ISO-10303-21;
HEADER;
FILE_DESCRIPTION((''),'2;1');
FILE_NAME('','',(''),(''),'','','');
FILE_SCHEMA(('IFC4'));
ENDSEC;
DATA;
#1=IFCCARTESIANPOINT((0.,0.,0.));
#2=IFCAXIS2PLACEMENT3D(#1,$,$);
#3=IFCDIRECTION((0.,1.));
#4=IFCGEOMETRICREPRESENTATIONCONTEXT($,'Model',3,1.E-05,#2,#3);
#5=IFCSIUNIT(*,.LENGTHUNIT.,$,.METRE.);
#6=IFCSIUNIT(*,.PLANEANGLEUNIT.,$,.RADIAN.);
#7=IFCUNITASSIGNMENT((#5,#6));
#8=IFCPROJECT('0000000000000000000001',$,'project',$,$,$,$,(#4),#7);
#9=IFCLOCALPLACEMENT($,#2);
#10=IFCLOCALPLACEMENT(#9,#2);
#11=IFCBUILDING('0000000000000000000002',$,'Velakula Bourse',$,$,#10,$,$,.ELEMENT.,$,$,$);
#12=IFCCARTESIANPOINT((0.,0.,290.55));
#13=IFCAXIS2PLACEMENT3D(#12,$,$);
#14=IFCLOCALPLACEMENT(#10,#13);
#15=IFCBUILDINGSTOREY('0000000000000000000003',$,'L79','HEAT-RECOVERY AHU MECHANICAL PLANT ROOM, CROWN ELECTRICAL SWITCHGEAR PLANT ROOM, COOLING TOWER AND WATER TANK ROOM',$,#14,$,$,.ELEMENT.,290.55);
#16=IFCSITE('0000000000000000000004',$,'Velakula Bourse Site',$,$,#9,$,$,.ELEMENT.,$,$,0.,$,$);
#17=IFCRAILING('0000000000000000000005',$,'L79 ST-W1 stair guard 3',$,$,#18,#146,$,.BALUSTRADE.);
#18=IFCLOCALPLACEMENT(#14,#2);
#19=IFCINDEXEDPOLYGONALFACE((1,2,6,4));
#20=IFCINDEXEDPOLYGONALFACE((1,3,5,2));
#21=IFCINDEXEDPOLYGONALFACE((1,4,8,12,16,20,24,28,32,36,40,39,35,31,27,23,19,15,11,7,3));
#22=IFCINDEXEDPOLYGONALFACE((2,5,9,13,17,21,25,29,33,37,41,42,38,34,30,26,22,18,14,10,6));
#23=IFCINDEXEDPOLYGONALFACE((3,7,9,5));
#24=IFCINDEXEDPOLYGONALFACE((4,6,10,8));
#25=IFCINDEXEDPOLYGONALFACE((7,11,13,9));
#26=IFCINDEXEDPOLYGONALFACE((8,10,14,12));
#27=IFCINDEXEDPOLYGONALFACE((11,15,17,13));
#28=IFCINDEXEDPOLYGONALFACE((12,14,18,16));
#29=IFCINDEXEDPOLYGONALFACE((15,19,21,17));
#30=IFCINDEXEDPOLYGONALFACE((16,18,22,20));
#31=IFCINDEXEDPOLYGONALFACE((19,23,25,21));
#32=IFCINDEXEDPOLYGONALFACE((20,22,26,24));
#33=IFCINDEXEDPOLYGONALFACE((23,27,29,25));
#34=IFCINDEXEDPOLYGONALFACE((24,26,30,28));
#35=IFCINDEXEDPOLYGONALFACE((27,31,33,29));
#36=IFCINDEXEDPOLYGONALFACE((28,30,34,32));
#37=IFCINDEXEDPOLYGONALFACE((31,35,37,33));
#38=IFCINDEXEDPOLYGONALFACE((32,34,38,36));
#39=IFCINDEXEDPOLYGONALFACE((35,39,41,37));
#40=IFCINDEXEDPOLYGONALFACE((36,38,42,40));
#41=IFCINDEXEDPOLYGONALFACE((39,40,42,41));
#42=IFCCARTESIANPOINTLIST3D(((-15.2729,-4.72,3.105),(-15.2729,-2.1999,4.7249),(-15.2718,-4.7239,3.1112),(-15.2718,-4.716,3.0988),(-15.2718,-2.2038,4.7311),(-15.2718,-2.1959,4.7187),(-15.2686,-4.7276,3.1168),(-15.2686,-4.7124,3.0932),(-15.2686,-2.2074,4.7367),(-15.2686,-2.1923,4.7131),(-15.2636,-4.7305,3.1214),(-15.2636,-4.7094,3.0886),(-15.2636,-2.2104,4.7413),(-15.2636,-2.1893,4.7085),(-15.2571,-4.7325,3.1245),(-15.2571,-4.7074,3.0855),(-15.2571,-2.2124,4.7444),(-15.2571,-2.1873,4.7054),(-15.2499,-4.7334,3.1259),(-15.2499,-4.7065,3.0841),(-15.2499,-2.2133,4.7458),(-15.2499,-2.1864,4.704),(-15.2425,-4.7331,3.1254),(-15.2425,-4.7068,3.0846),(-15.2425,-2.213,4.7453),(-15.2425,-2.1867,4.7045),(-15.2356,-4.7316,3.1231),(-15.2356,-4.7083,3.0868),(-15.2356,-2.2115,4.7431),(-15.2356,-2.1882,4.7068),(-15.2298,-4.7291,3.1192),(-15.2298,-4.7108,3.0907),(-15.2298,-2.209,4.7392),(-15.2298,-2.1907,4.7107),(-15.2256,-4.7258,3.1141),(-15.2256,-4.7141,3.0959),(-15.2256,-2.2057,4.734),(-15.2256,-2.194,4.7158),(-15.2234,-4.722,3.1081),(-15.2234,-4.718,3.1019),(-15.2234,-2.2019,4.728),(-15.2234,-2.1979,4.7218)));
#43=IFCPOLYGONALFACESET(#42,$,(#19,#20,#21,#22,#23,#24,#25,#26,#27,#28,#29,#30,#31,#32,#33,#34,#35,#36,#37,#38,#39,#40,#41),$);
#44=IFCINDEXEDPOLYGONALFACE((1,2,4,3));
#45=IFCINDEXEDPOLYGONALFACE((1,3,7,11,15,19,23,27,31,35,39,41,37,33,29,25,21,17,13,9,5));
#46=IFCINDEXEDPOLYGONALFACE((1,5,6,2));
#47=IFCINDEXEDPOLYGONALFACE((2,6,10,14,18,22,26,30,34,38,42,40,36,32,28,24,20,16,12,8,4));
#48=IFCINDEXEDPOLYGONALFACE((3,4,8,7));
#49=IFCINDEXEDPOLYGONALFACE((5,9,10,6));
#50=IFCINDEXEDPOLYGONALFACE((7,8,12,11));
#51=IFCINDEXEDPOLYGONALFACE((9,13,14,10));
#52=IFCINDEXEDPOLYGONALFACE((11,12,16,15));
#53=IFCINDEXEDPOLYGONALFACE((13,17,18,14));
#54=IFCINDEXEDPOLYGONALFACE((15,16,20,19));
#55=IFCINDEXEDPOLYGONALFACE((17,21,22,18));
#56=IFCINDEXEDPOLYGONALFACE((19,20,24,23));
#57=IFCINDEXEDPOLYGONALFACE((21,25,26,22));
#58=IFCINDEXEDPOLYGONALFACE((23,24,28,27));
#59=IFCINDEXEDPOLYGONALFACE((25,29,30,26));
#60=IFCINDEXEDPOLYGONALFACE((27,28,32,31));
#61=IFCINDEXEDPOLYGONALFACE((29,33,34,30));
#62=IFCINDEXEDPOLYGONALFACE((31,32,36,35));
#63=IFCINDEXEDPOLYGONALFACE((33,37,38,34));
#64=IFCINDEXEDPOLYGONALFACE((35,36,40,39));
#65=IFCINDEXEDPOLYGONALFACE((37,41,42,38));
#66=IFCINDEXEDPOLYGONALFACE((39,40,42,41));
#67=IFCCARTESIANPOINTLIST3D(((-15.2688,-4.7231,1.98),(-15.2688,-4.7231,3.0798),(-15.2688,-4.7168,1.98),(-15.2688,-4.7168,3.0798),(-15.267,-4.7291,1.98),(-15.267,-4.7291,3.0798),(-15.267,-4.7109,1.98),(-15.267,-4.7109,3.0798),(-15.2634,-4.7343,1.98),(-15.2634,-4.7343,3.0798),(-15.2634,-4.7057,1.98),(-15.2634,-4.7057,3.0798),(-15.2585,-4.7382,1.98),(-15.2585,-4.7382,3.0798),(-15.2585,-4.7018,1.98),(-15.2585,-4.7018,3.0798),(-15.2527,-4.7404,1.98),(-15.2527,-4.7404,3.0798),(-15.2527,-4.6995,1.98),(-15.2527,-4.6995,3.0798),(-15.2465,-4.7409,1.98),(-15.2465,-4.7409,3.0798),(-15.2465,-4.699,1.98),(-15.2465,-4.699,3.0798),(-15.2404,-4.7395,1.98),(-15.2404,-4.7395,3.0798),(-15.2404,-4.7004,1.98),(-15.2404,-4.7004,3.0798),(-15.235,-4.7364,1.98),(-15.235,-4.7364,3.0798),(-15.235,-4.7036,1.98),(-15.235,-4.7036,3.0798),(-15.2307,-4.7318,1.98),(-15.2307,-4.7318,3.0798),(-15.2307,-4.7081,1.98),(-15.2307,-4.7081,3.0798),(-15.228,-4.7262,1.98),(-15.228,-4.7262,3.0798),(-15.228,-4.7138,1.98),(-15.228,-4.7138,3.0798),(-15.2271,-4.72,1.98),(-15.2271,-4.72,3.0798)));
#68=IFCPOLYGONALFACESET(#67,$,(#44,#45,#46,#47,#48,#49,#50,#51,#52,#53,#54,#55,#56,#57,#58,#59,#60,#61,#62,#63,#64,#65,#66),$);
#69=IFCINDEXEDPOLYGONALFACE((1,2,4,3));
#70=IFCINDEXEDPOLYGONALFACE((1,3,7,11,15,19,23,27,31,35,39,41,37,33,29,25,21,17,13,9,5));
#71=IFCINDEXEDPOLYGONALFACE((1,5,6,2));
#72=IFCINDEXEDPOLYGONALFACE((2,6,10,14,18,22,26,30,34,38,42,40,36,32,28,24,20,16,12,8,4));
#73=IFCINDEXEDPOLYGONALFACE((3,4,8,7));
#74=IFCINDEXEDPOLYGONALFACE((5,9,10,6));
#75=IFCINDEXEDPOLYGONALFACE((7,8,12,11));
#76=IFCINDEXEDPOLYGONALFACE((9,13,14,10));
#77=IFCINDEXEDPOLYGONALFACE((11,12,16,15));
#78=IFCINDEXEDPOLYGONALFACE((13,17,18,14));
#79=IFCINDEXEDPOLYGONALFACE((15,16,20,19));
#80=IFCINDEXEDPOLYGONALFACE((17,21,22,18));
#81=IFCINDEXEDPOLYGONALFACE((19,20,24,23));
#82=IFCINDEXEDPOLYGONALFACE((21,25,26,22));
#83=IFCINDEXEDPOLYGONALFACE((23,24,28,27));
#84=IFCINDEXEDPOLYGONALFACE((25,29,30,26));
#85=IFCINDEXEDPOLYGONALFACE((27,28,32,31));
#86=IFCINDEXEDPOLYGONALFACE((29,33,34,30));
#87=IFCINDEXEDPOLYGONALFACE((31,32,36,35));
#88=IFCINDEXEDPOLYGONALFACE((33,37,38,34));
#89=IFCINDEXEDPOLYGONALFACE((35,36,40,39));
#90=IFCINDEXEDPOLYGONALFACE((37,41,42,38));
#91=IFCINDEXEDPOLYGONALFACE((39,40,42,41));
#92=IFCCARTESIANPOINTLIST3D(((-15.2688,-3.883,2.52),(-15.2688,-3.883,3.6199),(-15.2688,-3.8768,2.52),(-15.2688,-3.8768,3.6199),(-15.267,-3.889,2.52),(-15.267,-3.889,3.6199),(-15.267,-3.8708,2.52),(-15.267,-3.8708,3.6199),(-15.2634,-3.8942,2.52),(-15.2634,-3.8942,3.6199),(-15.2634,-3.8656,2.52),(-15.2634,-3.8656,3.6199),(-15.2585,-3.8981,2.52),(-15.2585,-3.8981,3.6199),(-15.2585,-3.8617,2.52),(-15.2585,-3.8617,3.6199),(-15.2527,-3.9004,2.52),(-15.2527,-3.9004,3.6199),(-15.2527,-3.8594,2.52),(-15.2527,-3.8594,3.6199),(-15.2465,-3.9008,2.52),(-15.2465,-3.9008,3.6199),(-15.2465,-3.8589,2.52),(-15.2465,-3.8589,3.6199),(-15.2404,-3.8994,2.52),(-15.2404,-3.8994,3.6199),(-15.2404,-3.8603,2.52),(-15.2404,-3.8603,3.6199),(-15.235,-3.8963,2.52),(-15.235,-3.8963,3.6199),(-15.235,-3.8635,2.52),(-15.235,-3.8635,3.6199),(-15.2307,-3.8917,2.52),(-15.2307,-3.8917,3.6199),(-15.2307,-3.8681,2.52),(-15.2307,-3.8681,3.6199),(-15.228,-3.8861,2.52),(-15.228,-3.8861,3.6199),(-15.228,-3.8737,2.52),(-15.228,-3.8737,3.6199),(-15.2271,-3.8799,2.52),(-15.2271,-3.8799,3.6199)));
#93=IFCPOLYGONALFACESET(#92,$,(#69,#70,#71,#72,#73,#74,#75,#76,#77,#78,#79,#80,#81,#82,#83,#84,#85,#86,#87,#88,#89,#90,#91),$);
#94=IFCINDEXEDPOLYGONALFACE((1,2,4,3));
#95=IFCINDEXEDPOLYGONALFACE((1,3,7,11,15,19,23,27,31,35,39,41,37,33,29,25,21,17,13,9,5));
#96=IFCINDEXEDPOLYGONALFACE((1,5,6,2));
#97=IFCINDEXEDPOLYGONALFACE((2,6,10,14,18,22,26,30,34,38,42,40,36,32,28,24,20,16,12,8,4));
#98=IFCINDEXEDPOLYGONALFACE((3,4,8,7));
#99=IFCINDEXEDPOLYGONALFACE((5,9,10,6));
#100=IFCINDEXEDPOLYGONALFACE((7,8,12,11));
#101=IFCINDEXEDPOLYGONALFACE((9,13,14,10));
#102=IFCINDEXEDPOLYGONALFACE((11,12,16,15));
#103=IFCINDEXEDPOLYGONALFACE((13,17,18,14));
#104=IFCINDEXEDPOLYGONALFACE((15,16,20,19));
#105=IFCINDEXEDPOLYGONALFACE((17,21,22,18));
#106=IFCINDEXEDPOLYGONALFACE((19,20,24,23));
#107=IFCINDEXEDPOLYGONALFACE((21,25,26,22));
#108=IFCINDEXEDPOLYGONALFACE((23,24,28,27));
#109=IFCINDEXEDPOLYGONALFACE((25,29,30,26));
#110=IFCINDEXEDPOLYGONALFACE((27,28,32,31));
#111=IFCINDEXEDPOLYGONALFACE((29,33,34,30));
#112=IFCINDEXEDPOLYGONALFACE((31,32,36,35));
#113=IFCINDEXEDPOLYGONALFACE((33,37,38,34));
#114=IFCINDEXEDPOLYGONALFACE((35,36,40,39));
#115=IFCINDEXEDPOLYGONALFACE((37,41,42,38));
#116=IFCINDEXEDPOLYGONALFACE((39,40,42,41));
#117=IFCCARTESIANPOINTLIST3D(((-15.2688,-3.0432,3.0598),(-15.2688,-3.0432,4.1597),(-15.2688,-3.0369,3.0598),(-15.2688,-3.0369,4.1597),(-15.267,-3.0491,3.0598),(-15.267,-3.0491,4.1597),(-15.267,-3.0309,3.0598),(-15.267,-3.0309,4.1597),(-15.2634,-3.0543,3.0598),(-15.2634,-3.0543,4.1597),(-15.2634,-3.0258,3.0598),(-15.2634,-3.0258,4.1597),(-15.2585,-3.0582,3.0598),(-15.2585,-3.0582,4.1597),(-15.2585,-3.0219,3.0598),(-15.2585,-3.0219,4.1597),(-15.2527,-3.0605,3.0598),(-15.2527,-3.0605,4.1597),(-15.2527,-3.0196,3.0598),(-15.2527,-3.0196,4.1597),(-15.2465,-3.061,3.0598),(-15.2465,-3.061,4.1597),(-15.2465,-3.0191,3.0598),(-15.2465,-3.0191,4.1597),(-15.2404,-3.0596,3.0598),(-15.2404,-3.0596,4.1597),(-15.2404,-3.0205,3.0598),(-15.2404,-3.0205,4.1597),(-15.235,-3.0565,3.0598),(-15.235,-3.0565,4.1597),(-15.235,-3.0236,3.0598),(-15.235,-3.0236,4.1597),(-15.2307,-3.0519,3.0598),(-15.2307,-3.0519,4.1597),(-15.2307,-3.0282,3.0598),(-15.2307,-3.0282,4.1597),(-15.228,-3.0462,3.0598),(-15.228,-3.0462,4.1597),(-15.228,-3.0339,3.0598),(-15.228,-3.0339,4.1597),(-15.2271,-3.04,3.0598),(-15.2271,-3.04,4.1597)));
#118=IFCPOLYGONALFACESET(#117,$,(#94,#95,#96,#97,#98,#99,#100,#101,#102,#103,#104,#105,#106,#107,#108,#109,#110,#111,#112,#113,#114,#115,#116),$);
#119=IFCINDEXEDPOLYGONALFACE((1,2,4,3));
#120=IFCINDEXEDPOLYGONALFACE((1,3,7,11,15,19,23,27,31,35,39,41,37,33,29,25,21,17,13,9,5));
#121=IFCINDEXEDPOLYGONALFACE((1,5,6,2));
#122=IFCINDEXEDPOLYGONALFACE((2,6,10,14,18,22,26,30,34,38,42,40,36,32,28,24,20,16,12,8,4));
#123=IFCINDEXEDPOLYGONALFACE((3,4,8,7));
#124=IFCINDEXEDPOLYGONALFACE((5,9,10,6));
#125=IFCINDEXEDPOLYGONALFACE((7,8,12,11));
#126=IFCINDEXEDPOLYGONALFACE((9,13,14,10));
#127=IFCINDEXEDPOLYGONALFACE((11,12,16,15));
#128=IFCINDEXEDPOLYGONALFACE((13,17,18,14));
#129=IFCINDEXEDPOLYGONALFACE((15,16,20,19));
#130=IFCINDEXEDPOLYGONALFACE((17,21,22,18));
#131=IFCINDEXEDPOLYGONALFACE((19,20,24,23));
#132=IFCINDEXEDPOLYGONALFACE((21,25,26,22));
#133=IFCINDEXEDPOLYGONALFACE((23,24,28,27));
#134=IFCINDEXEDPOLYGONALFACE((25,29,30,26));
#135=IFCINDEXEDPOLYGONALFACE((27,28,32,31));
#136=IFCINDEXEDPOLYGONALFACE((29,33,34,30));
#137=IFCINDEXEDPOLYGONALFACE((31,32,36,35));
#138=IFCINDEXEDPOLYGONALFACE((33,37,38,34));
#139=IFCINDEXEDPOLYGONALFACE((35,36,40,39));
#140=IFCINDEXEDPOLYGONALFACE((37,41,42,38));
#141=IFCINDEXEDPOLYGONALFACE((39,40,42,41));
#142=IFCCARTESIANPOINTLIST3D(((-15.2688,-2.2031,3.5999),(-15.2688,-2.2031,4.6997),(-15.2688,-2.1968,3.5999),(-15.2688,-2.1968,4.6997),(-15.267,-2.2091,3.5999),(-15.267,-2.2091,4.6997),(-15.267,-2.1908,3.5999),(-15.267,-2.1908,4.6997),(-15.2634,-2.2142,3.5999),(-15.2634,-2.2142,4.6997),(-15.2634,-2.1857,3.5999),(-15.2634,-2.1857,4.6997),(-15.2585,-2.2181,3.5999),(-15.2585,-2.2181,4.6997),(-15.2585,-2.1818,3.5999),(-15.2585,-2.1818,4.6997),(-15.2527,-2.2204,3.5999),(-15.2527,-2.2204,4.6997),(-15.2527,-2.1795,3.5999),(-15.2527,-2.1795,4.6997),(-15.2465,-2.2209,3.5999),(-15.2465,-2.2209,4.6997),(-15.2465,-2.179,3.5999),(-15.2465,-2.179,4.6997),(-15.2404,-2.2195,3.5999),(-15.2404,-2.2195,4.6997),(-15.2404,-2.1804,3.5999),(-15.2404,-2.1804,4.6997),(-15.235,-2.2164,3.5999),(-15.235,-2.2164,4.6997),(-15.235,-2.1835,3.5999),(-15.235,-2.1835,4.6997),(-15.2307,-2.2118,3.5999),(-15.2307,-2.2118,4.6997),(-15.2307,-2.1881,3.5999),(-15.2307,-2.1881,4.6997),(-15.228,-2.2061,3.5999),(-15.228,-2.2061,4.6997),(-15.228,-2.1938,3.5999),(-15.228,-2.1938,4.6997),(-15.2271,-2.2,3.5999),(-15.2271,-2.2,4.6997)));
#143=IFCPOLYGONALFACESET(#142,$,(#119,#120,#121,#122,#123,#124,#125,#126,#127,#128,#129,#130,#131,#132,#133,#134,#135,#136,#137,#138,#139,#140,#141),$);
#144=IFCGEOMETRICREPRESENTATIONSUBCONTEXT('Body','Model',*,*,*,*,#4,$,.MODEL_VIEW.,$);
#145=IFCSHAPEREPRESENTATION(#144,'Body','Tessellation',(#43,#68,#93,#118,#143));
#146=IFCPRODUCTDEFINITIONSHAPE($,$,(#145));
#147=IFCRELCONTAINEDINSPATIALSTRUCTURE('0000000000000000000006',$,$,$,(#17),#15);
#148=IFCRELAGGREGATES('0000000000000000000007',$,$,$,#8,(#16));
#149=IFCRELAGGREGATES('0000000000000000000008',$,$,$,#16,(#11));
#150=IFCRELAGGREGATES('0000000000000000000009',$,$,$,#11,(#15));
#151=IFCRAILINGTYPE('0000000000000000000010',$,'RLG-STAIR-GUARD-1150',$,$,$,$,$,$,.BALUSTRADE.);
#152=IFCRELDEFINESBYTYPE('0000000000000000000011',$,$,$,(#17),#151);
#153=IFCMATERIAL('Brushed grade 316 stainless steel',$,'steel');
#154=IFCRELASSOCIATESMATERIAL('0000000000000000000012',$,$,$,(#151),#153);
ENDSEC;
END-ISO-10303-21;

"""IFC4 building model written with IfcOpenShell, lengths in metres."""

from ifc_helpers import new_model, si_unit, direction, frame, origin, origin_2d, place, context, subcontext, project, spatial, circle, extrude, material, type_object, element, save


model = new_model("IFC4")

# Units and contexts
model_context = context("Model", 3, precision=1e-05, world=origin(), true_north=direction((0.0, 1.0)))
body_context = subcontext(model_context, "Body", "Model", "MODEL_VIEW")
ifc_project = project(units=[si_unit("LENGTHUNIT", "METRE"), si_unit("PLANEANGLEUNIT", "RADIAN")], contexts=[model_context])

# Site, building, storey
site_placement = place(None, origin())
site = spatial("IfcSite", under=ifc_project, at=site_placement, Name="Velakula Bourse Site", CompositionType="ELEMENT", RefElevation=0.0)
building_placement = place(site_placement, origin())
building = spatial("IfcBuilding", under=site, at=building_placement, Name="Velakula Bourse", CompositionType="ELEMENT")
storey_placement = place(building_placement, frame((0.0, 0.0, 290.55)))
storey = spatial("IfcBuildingStorey", under=building, at=storey_placement, Name="L79", Description="HEAT-RECOVERY AHU MECHANICAL PLANT ROOM, CROWN ELECTRICAL SWITCHGEAR PLANT ROOM, COOLING TOWER AND WATER TANK ROOM", CompositionType="ELEMENT", Elevation=290.55)

# Shared definitions
ifc_material_1 = material(Name="Brushed grade 316 stainless steel", Category="steel")

# Railing
railing_type_1 = type_object("IfcRailingType", Name="RLG-STAIR-GUARD-1150", PredefinedType="BALUSTRADE", material=ifc_material_1)
railing_1_placement = place(storey_placement, frame((-15.248, -4.72, 1.98)))
element("IfcRailing", 1, at=railing_1_placement, inside=storey, type_object=railing_type_1, Name="L79 ST-W1 stair guard 3", PredefinedType="BALUSTRADE", context=body_context, shape_type="SweptSolid", body=[
    extrude(circle(Radius=0.0249, at=origin_2d()), frame((0.0, 0.0, 1.125), z_axis=(0.0, 0.8412, 0.540725), x_axis=(-1.0, 0.0, 0.0)), (0.0, 0.0, 1.0), 2.9958),
    extrude(circle(Radius=0.021, at=origin_2d()), origin(), (0.0, 0.0, 1.0), 1.0999),
    extrude(circle(Radius=0.021, at=origin_2d()), frame((0.0, 0.8401, 0.54)), (0.0, 0.0, 1.0), 1.0999),
    extrude(circle(Radius=0.021, at=origin_2d()), frame((0.0, 1.6799, 1.0798)), (0.0, 0.0, 1.0), 1.0999),
    extrude(circle(Radius=0.021, at=origin_2d()), frame((0.0, 2.52, 1.6199)), (0.0, 0.0, 1.0), 1.0999),
])

save(model, "model.ifc")
